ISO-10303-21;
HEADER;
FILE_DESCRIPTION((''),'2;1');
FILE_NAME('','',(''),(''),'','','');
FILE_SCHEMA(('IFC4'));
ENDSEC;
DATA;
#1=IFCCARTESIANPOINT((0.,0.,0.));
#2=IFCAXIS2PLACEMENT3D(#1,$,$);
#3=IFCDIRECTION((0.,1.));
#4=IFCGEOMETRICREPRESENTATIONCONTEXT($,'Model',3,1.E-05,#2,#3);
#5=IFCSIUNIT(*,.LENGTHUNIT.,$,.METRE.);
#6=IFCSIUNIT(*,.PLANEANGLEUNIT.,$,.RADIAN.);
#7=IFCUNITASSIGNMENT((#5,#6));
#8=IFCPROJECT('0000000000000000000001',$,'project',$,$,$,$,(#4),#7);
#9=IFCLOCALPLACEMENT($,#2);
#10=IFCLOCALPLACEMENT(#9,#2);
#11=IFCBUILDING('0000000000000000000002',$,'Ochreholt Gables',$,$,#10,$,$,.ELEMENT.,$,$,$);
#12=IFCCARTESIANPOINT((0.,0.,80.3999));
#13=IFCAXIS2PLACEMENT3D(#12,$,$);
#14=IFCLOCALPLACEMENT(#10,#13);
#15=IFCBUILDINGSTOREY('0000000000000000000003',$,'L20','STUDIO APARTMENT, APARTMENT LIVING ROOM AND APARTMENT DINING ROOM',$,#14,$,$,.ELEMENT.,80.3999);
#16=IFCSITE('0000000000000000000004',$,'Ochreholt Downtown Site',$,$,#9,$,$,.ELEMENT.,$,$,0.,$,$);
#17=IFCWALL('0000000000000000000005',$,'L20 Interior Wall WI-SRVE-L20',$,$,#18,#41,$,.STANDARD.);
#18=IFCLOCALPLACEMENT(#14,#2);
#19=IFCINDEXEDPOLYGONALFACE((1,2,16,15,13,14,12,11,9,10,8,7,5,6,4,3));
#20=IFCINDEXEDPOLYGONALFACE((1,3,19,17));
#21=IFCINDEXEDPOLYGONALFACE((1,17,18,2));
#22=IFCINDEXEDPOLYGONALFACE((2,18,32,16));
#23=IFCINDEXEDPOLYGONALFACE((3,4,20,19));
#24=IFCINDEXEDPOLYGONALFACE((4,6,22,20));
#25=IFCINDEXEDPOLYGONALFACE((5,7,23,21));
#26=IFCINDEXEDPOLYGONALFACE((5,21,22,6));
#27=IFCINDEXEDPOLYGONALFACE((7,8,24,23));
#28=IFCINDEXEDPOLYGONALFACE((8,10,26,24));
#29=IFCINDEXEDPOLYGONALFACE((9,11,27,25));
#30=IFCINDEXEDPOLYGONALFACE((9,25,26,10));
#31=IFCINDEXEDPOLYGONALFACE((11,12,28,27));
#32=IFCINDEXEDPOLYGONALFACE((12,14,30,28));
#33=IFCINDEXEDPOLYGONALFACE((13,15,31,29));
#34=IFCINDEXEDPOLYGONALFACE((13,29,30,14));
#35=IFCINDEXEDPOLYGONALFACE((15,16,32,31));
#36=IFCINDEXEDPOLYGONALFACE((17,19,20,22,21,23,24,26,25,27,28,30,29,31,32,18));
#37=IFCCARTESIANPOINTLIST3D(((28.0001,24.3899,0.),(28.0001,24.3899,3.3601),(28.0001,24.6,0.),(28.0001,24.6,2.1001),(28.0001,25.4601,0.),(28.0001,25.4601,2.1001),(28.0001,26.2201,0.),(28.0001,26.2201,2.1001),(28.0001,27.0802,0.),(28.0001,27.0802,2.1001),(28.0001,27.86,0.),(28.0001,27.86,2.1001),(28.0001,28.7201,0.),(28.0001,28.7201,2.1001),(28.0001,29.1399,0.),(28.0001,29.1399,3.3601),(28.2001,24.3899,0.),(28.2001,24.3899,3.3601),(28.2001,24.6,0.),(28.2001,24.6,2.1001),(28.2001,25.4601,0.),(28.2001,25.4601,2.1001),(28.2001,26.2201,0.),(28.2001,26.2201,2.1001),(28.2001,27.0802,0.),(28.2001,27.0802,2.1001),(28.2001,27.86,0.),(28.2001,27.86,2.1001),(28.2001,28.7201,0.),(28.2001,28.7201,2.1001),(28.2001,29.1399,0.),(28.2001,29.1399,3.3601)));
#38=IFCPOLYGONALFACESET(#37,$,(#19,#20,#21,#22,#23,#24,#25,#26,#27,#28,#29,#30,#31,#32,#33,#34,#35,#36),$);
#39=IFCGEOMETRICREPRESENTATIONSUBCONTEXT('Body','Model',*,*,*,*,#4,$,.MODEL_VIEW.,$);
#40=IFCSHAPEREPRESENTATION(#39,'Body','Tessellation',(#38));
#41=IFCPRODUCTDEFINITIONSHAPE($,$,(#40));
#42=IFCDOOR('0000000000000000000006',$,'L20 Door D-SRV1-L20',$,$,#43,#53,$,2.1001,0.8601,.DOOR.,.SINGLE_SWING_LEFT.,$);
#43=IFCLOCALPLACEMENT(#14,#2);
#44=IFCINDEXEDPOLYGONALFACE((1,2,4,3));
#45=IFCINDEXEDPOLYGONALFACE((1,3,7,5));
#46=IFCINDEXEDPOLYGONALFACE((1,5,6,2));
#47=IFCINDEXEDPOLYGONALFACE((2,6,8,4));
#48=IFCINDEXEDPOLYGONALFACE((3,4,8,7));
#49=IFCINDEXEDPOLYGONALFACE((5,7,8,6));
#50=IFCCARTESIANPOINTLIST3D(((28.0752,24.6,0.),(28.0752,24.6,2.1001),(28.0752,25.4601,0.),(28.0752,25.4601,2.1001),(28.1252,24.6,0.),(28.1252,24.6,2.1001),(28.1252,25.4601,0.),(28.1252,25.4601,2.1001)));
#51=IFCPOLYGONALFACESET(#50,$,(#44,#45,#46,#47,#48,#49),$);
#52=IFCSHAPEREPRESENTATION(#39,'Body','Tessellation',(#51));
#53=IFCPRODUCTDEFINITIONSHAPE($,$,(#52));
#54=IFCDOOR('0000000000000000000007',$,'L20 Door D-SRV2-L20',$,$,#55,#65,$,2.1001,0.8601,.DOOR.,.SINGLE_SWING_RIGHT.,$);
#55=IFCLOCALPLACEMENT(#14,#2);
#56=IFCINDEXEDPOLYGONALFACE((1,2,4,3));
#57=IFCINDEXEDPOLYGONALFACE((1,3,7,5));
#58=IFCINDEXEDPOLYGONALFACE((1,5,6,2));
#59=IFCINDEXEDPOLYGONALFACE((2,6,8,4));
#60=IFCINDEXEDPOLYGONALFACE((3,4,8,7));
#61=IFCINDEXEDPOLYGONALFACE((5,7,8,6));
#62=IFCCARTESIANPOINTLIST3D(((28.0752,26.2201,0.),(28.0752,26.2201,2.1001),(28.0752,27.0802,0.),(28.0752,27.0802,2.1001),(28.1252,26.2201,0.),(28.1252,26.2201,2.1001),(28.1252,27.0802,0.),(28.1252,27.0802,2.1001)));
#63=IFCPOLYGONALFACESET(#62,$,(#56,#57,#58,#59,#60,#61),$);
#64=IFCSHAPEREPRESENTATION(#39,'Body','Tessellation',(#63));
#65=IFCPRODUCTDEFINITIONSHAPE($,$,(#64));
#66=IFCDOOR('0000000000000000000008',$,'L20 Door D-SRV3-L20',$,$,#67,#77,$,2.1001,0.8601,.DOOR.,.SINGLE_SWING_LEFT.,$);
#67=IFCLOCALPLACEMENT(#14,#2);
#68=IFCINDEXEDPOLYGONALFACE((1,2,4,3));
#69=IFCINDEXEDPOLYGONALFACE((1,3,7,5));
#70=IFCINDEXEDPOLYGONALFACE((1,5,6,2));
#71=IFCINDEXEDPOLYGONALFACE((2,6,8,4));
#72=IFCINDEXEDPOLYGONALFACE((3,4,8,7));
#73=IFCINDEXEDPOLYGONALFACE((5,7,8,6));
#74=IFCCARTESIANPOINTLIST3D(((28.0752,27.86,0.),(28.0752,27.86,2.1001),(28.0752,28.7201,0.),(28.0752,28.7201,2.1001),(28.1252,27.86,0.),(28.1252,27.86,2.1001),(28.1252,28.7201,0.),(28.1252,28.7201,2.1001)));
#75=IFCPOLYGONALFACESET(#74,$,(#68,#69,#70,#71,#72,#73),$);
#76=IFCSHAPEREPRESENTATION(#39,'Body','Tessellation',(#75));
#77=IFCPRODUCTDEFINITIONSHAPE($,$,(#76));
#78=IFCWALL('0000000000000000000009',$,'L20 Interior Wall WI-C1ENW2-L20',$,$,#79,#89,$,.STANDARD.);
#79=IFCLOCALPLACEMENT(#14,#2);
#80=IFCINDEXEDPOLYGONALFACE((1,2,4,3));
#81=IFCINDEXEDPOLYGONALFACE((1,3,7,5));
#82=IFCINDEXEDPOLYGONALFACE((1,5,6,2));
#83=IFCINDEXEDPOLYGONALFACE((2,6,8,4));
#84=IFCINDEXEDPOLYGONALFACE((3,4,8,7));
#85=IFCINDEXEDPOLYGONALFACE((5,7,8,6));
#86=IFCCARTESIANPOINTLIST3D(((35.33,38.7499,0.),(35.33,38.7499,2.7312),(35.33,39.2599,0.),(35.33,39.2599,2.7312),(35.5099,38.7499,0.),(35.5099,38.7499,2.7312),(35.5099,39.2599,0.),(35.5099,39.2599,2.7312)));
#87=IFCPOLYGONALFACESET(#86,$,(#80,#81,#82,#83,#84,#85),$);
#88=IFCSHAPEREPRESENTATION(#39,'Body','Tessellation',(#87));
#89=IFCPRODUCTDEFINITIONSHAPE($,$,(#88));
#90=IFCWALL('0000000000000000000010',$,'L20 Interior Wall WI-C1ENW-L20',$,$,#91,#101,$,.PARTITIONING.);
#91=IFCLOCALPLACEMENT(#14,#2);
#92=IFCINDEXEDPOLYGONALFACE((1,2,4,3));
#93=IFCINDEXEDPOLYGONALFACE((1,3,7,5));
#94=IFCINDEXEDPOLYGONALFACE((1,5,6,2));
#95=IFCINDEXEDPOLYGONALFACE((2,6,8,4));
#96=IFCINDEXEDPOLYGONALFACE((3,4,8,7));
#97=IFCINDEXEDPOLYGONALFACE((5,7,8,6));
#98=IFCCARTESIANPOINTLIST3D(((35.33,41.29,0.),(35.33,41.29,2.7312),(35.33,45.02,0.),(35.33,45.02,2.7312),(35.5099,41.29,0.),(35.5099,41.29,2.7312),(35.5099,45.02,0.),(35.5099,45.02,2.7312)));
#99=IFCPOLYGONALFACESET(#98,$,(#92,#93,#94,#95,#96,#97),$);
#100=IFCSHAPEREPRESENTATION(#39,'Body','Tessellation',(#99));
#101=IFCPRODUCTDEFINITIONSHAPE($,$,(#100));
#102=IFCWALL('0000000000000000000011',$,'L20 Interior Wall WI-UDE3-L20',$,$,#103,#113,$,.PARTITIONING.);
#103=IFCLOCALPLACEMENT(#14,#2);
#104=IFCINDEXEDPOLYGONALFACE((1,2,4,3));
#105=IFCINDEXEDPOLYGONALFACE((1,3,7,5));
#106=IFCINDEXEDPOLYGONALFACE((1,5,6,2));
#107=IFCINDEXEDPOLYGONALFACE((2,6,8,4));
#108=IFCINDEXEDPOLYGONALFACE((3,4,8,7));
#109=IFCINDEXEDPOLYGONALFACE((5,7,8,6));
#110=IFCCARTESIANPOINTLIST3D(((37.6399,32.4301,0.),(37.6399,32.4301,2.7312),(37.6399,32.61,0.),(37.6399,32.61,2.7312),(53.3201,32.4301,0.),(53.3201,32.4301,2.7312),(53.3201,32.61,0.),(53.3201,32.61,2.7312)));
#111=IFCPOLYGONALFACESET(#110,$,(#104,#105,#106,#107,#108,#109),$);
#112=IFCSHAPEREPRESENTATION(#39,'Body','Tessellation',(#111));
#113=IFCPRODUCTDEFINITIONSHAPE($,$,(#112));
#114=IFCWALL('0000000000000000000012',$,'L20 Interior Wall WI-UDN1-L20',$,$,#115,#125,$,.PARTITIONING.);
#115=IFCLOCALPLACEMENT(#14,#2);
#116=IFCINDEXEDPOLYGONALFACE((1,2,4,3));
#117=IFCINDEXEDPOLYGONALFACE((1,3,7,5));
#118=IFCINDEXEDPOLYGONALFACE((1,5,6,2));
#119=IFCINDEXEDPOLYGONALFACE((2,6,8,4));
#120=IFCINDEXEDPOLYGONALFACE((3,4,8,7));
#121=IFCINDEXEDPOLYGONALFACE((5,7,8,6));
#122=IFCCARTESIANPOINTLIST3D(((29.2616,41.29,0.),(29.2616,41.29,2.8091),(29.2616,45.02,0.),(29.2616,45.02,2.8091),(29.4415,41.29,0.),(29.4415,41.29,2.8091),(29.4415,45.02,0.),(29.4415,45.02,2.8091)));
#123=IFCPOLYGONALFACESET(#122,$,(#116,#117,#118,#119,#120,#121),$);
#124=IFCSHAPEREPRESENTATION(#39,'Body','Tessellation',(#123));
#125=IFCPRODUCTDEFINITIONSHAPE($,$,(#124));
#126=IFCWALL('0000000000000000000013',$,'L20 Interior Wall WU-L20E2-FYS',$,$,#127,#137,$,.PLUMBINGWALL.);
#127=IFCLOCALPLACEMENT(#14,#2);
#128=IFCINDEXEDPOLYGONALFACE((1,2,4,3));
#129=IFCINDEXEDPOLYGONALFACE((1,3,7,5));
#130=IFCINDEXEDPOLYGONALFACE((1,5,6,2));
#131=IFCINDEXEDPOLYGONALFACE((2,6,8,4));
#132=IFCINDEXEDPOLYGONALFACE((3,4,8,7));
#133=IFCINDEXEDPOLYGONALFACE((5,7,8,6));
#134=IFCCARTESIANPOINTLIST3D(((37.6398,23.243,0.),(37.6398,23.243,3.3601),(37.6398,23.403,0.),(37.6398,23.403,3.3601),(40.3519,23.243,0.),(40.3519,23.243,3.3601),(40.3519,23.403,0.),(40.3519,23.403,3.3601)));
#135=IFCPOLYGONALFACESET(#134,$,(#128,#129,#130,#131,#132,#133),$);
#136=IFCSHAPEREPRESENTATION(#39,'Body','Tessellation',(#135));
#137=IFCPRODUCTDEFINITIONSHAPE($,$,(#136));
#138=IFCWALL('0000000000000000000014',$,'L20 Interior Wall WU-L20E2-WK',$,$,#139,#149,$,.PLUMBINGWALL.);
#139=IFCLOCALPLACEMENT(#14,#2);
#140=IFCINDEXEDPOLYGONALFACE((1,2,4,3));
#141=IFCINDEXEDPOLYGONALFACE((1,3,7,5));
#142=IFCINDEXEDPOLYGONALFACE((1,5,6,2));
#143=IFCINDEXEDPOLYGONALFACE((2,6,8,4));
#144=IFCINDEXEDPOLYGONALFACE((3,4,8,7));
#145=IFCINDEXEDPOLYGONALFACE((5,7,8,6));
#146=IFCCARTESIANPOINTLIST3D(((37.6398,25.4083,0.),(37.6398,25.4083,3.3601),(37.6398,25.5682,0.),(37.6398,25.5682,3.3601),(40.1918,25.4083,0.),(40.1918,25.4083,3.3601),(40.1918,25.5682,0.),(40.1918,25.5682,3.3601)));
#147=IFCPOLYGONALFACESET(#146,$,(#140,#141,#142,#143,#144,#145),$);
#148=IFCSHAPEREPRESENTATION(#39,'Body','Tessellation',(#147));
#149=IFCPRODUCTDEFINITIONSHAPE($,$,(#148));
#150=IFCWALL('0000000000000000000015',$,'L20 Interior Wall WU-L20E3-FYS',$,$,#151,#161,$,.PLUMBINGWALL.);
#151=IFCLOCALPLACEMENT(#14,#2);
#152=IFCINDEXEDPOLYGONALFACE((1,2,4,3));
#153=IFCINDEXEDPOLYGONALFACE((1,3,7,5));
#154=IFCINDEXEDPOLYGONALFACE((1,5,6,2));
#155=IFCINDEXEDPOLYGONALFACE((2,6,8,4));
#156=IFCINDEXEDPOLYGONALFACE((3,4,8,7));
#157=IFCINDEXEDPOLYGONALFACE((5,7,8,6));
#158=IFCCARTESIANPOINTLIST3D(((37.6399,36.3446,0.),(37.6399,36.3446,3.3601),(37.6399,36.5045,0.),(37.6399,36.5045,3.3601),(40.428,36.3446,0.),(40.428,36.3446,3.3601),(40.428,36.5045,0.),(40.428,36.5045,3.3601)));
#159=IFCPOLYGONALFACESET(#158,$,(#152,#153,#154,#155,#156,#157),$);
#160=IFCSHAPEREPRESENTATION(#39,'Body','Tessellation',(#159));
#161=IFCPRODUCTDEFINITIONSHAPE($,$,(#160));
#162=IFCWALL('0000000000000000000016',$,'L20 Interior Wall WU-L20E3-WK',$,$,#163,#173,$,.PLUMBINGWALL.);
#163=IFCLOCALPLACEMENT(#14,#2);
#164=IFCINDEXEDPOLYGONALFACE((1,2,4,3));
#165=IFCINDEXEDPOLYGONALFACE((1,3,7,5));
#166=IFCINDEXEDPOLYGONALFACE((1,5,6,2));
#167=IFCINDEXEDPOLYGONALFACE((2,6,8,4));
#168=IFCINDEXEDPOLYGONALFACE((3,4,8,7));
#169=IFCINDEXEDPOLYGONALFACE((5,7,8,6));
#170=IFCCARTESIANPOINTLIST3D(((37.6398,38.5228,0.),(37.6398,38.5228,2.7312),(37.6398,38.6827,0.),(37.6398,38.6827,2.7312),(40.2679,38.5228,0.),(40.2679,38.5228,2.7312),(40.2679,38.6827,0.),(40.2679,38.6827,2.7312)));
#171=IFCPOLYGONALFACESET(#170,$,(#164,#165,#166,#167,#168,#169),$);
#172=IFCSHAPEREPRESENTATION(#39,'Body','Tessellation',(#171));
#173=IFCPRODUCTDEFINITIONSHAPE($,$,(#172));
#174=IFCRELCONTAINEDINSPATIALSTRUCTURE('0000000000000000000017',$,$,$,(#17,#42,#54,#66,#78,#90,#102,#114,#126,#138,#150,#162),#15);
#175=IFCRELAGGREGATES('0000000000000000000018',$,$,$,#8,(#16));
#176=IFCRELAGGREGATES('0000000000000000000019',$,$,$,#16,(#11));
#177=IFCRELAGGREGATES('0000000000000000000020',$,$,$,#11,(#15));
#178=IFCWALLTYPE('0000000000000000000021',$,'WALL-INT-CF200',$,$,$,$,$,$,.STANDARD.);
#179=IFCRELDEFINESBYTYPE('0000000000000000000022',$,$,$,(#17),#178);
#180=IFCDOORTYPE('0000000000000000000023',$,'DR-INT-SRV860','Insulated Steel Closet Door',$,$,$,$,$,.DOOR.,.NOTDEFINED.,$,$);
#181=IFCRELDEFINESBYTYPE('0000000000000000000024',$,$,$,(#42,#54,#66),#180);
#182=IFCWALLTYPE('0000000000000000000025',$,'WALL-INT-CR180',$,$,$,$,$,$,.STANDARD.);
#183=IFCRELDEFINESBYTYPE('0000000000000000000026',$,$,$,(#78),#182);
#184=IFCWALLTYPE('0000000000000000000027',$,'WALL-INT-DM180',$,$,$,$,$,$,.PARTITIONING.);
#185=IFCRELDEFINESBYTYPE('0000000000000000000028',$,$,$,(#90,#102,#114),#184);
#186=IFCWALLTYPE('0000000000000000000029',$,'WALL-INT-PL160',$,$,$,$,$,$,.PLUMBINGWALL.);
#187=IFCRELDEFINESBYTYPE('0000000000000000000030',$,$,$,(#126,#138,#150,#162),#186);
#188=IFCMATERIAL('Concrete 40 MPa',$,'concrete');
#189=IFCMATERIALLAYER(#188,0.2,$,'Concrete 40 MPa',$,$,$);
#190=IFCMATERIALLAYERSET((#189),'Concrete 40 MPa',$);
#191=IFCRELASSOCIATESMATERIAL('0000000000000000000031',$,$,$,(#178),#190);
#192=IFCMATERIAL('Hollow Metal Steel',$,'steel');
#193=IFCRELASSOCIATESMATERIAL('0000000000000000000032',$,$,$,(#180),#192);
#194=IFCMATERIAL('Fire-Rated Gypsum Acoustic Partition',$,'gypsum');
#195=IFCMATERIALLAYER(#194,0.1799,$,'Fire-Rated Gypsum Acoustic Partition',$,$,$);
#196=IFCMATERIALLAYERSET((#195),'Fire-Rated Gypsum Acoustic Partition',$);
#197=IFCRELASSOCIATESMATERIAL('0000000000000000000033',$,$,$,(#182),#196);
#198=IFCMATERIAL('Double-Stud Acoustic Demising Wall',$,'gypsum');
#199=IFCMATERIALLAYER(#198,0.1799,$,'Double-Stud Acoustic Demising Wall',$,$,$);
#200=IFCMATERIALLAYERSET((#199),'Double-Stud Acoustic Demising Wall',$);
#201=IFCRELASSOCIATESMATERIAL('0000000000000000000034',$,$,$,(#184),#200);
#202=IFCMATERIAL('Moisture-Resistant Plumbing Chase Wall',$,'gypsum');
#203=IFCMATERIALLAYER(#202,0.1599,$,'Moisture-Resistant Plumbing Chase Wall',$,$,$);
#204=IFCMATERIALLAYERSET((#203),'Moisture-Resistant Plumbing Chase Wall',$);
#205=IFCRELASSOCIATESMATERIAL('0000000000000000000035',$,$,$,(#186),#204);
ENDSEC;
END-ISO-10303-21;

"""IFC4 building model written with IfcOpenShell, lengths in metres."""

from ifc_helpers import new_model, si_unit, direction, frame, frame_2d, origin, place, context, subcontext, project, spatial, rectangle, extrude, material, layer, layer_set, type_object, element, fill, save


model = new_model("IFC4")

# Units and contexts
model_context = context("Model", 3, precision=1e-05, world=origin(), true_north=direction((0.0, 1.0)))
body_context = subcontext(model_context, "Body", "Model", "MODEL_VIEW")
ifc_project = project(units=[si_unit("LENGTHUNIT", "METRE"), si_unit("PLANEANGLEUNIT", "RADIAN")], contexts=[model_context])

# Site, building, storey
site_placement = place(None, origin())
site = spatial("IfcSite", under=ifc_project, at=site_placement, Name="Ochreholt Downtown Site", CompositionType="ELEMENT", RefElevation=0.0)
building_placement = place(site_placement, origin())
building = spatial("IfcBuilding", under=site, at=building_placement, Name="Ochreholt Gables", CompositionType="ELEMENT")
storey_placement = place(building_placement, frame((0.0, 0.0, 80.3999)))
storey = spatial("IfcBuildingStorey", under=building, at=storey_placement, Name="L20", Description="STUDIO APARTMENT, APARTMENT LIVING ROOM AND APARTMENT DINING ROOM", CompositionType="ELEMENT", Elevation=80.3999)

# Wall, openings, doors
ifc_material_1 = material(Name="Concrete 40 MPa", Category="concrete")
ifc_layer_1 = layer(ifc_material_1, 0.2, Name="Concrete 40 MPa")
ifc_layer_set_1 = layer_set([ifc_layer_1], Name="Concrete 40 MPa")
wall_type_1 = type_object("IfcWallType", Name="WALL-INT-CF200", PredefinedType="STANDARD", material=ifc_layer_set_1)
wall_1_placement = place(storey_placement, frame((28.1001, 24.3899, 0.0), z_axis=(0.0, 0.0, 1.0), x_axis=(0.0, 1.0, 0.0)))
wall_1 = element("IfcWall", 1, at=wall_1_placement, inside=storey, type_object=wall_type_1, Name="L20 Interior Wall WI-SRVE-L20", PredefinedType="STANDARD", context=body_context, shape_type="SweptSolid", body=[
    extrude(rectangle(XDim=4.75, YDim=0.2, at=frame_2d((2.375, 0.0))), origin(), (0.0, 0.0, 1.0), 3.3601),
])
opening_1_placement = place(wall_1_placement, frame((0.21, 0.0, 0.0)))
opening_1 = element("IfcOpeningElement", 2, at=opening_1_placement, cuts=wall_1, PredefinedType="OPENING", context=body_context, shape_type="SweptSolid", body=[
    extrude(rectangle(XDim=0.8601, YDim=2.1001, at=frame_2d((0.4302, 1.05))), frame((0.0, 0.1099, 0.0), z_axis=(0.0, -1.0, 0.0), x_axis=(1.0, 0.0, 0.0)), (0.0, 0.0, 1.0), 0.22),
])
opening_2_placement = place(wall_1_placement, frame((1.8301, 0.0, 0.0)))
opening_2 = element("IfcOpeningElement", 3, at=opening_2_placement, cuts=wall_1, PredefinedType="OPENING", context=body_context, shape_type="SweptSolid", body=[
    extrude(rectangle(XDim=0.8601, YDim=2.1001, at=frame_2d((0.4302, 1.05))), frame((0.0, 0.1099, 0.0), z_axis=(0.0, -1.0, 0.0), x_axis=(1.0, 0.0, 0.0)), (0.0, 0.0, 1.0), 0.22),
])
opening_3_placement = place(wall_1_placement, frame((3.47, 0.0, 0.0)))
opening_3 = element("IfcOpeningElement", 4, at=opening_3_placement, cuts=wall_1, PredefinedType="OPENING", context=body_context, shape_type="SweptSolid", body=[
    extrude(rectangle(XDim=0.8601, YDim=2.1001, at=frame_2d((0.4302, 1.05))), frame((0.0, 0.1099, 0.0), z_axis=(0.0, -1.0, 0.0), x_axis=(1.0, 0.0, 0.0)), (0.0, 0.0, 1.0), 0.22),
])
ifc_material_2 = material(Name="Hollow Metal Steel", Category="steel")
door_type_1 = type_object("IfcDoorType", Name="DR-INT-SRV860", Description="Insulated Steel Closet Door", OperationType="NOTDEFINED", PredefinedType="DOOR", material=ifc_material_2)
door_1_placement = place(opening_1_placement, origin())
door_1 = element("IfcDoor", 5, at=door_1_placement, inside=storey, type_object=door_type_1, Name="L20 Door D-SRV1-L20", OperationType="SINGLE_SWING_LEFT", OverallHeight=2.1001, OverallWidth=0.8601, PredefinedType="DOOR", context=body_context, shape_type="SweptSolid", body=[
    extrude(rectangle(XDim=0.8601, YDim=2.1001, at=frame_2d((0.4302, 1.05))), frame((0.0, 0.0249, 0.0), z_axis=(0.0, -1.0, 0.0), x_axis=(1.0, 0.0, 0.0)), (0.0, 0.0, 1.0), 0.05),
])
fill(opening_1, door_1)
door_2_placement = place(opening_2_placement, origin())
door_2 = element("IfcDoor", 6, at=door_2_placement, inside=storey, type_object=door_type_1, Name="L20 Door D-SRV2-L20", OperationType="SINGLE_SWING_RIGHT", OverallHeight=2.1001, OverallWidth=0.8601, PredefinedType="DOOR", context=body_context, shape_type="SweptSolid", body=[
    extrude(rectangle(XDim=0.8601, YDim=2.1001, at=frame_2d((0.4302, 1.05))), frame((0.0, 0.0249, 0.0), z_axis=(0.0, -1.0, 0.0), x_axis=(1.0, 0.0, 0.0)), (0.0, 0.0, 1.0), 0.05),
])
fill(opening_2, door_2)
door_3_placement = place(opening_3_placement, origin())
door_3 = element("IfcDoor", 7, at=door_3_placement, inside=storey, type_object=door_type_1, Name="L20 Door D-SRV3-L20", OperationType="SINGLE_SWING_LEFT", OverallHeight=2.1001, OverallWidth=0.8601, PredefinedType="DOOR", context=body_context, shape_type="SweptSolid", body=[
    extrude(rectangle(XDim=0.8601, YDim=2.1001, at=frame_2d((0.4302, 1.05))), frame((0.0, 0.0249, 0.0), z_axis=(0.0, -1.0, 0.0), x_axis=(1.0, 0.0, 0.0)), (0.0, 0.0, 1.0), 0.05),
])
fill(opening_3, door_3)

# Walls
ifc_material_3 = material(Name="Fire-Rated Gypsum Acoustic Partition", Category="gypsum")
ifc_layer_2 = layer(ifc_material_3, 0.1799, Name="Fire-Rated Gypsum Acoustic Partition")
ifc_layer_set_2 = layer_set([ifc_layer_2], Name="Fire-Rated Gypsum Acoustic Partition")
wall_type_2 = type_object("IfcWallType", Name="WALL-INT-CR180", PredefinedType="STANDARD", material=ifc_layer_set_2)
wall_2_placement = place(storey_placement, frame((35.4199, 38.75, 0.0), z_axis=(0.0, 0.0, 1.0), x_axis=(0.0, 1.0, 0.0)))
element("IfcWall", 8, at=wall_2_placement, inside=storey, type_object=wall_type_2, Name="L20 Interior Wall WI-C1ENW2-L20", PredefinedType="STANDARD", context=body_context, shape_type="SweptSolid", body=[
    extrude(rectangle(XDim=0.51, YDim=0.1799, at=frame_2d((0.2549, 0.0))), origin(), (0.0, 0.0, 1.0), 2.7312),
])
ifc_material_4 = material(Name="Double-Stud Acoustic Demising Wall", Category="gypsum")
ifc_layer_3 = layer(ifc_material_4, 0.1799, Name="Double-Stud Acoustic Demising Wall")
ifc_layer_set_3 = layer_set([ifc_layer_3], Name="Double-Stud Acoustic Demising Wall")
wall_type_3 = type_object("IfcWallType", Name="WALL-INT-DM180", PredefinedType="PARTITIONING", material=ifc_layer_set_3)
wall_3_placement = place(storey_placement, frame((35.4199, 41.29, 0.0), z_axis=(0.0, 0.0, 1.0), x_axis=(0.0, 1.0, 0.0)))
element("IfcWall", 9, at=wall_3_placement, inside=storey, type_object=wall_type_3, Name="L20 Interior Wall WI-C1ENW-L20", PredefinedType="PARTITIONING", context=body_context, shape_type="SweptSolid", body=[
    extrude(rectangle(XDim=3.73, YDim=0.1799, at=frame_2d((1.865, 0.0))), origin(), (0.0, 0.0, 1.0), 2.7312),
])
wall_4_placement = place(storey_placement, frame((37.6399, 32.52, 0.0), z_axis=(0.0, 0.0, 1.0), x_axis=(1.0, 0.0, 0.0)))
element("IfcWall", 10, at=wall_4_placement, inside=storey, type_object=wall_type_3, Name="L20 Interior Wall WI-UDE3-L20", PredefinedType="PARTITIONING", context=body_context, shape_type="SweptSolid", body=[
    extrude(rectangle(XDim=15.6802, YDim=0.1799, at=frame_2d((7.8401, 0.0))), origin(), (0.0, 0.0, 1.0), 2.7312),
])
wall_5_placement = place(storey_placement, frame((29.3516, 41.29, 0.0), z_axis=(0.0, 0.0, 1.0), x_axis=(0.0, 1.0, 0.0)))
element("IfcWall", 11, at=wall_5_placement, inside=storey, type_object=wall_type_3, Name="L20 Interior Wall WI-UDN1-L20", PredefinedType="PARTITIONING", context=body_context, shape_type="SweptSolid", body=[
    extrude(rectangle(XDim=3.73, YDim=0.1799, at=frame_2d((1.865, 0.0))), origin(), (0.0, 0.0, 1.0), 2.8091),
])
ifc_material_5 = material(Name="Moisture-Resistant Plumbing Chase Wall", Category="gypsum")
ifc_layer_4 = layer(ifc_material_5, 0.1599, Name="Moisture-Resistant Plumbing Chase Wall")
ifc_layer_set_4 = layer_set([ifc_layer_4], Name="Moisture-Resistant Plumbing Chase Wall")
wall_type_4 = type_object("IfcWallType", Name="WALL-INT-PL160", PredefinedType="PLUMBINGWALL", material=ifc_layer_set_4)
wall_6_placement = place(storey_placement, frame((37.6399, 23.323, 0.0), z_axis=(0.0, 0.0, 1.0), x_axis=(1.0, 0.0, 0.0)))
element("IfcWall", 12, at=wall_6_placement, inside=storey, type_object=wall_type_4, Name="L20 Interior Wall WU-L20E2-FYS", PredefinedType="PLUMBINGWALL", context=body_context, shape_type="SweptSolid", body=[
    extrude(rectangle(XDim=2.7122, YDim=0.1599, at=frame_2d((1.356, 0.0))), origin(), (0.0, 0.0, 1.0), 3.3601),
])
wall_7_placement = place(storey_placement, frame((37.6399, 25.4883, 0.0), z_axis=(0.0, 0.0, 1.0), x_axis=(1.0, 0.0, 0.0)))
element("IfcWall", 13, at=wall_7_placement, inside=storey, type_object=wall_type_4, Name="L20 Interior Wall WU-L20E2-WK", PredefinedType="PLUMBINGWALL", context=body_context, shape_type="SweptSolid", body=[
    extrude(rectangle(XDim=2.552, YDim=0.1599, at=frame_2d((1.2759, 0.0))), origin(), (0.0, 0.0, 1.0), 3.3601),
])
wall_8_placement = place(storey_placement, frame((37.6399, 36.4246, 0.0), z_axis=(0.0, 0.0, 1.0), x_axis=(1.0, 0.0, 0.0)))
element("IfcWall", 14, at=wall_8_placement, inside=storey, type_object=wall_type_4, Name="L20 Interior Wall WU-L20E3-FYS", PredefinedType="PLUMBINGWALL", context=body_context, shape_type="SweptSolid", body=[
    extrude(rectangle(XDim=2.7881, YDim=0.1599, at=frame_2d((1.394, 0.0))), origin(), (0.0, 0.0, 1.0), 3.3601),
])
wall_9_placement = place(storey_placement, frame((37.6399, 38.6028, 0.0), z_axis=(0.0, 0.0, 1.0), x_axis=(1.0, 0.0, 0.0)))
element("IfcWall", 15, at=wall_9_placement, inside=storey, type_object=wall_type_4, Name="L20 Interior Wall WU-L20E3-WK", PredefinedType="PLUMBINGWALL", context=body_context, shape_type="SweptSolid", body=[
    extrude(rectangle(XDim=2.6282, YDim=0.1599, at=frame_2d((1.314, 0.0))), origin(), (0.0, 0.0, 1.0), 2.7312),
])

save(model, "model.ifc")
